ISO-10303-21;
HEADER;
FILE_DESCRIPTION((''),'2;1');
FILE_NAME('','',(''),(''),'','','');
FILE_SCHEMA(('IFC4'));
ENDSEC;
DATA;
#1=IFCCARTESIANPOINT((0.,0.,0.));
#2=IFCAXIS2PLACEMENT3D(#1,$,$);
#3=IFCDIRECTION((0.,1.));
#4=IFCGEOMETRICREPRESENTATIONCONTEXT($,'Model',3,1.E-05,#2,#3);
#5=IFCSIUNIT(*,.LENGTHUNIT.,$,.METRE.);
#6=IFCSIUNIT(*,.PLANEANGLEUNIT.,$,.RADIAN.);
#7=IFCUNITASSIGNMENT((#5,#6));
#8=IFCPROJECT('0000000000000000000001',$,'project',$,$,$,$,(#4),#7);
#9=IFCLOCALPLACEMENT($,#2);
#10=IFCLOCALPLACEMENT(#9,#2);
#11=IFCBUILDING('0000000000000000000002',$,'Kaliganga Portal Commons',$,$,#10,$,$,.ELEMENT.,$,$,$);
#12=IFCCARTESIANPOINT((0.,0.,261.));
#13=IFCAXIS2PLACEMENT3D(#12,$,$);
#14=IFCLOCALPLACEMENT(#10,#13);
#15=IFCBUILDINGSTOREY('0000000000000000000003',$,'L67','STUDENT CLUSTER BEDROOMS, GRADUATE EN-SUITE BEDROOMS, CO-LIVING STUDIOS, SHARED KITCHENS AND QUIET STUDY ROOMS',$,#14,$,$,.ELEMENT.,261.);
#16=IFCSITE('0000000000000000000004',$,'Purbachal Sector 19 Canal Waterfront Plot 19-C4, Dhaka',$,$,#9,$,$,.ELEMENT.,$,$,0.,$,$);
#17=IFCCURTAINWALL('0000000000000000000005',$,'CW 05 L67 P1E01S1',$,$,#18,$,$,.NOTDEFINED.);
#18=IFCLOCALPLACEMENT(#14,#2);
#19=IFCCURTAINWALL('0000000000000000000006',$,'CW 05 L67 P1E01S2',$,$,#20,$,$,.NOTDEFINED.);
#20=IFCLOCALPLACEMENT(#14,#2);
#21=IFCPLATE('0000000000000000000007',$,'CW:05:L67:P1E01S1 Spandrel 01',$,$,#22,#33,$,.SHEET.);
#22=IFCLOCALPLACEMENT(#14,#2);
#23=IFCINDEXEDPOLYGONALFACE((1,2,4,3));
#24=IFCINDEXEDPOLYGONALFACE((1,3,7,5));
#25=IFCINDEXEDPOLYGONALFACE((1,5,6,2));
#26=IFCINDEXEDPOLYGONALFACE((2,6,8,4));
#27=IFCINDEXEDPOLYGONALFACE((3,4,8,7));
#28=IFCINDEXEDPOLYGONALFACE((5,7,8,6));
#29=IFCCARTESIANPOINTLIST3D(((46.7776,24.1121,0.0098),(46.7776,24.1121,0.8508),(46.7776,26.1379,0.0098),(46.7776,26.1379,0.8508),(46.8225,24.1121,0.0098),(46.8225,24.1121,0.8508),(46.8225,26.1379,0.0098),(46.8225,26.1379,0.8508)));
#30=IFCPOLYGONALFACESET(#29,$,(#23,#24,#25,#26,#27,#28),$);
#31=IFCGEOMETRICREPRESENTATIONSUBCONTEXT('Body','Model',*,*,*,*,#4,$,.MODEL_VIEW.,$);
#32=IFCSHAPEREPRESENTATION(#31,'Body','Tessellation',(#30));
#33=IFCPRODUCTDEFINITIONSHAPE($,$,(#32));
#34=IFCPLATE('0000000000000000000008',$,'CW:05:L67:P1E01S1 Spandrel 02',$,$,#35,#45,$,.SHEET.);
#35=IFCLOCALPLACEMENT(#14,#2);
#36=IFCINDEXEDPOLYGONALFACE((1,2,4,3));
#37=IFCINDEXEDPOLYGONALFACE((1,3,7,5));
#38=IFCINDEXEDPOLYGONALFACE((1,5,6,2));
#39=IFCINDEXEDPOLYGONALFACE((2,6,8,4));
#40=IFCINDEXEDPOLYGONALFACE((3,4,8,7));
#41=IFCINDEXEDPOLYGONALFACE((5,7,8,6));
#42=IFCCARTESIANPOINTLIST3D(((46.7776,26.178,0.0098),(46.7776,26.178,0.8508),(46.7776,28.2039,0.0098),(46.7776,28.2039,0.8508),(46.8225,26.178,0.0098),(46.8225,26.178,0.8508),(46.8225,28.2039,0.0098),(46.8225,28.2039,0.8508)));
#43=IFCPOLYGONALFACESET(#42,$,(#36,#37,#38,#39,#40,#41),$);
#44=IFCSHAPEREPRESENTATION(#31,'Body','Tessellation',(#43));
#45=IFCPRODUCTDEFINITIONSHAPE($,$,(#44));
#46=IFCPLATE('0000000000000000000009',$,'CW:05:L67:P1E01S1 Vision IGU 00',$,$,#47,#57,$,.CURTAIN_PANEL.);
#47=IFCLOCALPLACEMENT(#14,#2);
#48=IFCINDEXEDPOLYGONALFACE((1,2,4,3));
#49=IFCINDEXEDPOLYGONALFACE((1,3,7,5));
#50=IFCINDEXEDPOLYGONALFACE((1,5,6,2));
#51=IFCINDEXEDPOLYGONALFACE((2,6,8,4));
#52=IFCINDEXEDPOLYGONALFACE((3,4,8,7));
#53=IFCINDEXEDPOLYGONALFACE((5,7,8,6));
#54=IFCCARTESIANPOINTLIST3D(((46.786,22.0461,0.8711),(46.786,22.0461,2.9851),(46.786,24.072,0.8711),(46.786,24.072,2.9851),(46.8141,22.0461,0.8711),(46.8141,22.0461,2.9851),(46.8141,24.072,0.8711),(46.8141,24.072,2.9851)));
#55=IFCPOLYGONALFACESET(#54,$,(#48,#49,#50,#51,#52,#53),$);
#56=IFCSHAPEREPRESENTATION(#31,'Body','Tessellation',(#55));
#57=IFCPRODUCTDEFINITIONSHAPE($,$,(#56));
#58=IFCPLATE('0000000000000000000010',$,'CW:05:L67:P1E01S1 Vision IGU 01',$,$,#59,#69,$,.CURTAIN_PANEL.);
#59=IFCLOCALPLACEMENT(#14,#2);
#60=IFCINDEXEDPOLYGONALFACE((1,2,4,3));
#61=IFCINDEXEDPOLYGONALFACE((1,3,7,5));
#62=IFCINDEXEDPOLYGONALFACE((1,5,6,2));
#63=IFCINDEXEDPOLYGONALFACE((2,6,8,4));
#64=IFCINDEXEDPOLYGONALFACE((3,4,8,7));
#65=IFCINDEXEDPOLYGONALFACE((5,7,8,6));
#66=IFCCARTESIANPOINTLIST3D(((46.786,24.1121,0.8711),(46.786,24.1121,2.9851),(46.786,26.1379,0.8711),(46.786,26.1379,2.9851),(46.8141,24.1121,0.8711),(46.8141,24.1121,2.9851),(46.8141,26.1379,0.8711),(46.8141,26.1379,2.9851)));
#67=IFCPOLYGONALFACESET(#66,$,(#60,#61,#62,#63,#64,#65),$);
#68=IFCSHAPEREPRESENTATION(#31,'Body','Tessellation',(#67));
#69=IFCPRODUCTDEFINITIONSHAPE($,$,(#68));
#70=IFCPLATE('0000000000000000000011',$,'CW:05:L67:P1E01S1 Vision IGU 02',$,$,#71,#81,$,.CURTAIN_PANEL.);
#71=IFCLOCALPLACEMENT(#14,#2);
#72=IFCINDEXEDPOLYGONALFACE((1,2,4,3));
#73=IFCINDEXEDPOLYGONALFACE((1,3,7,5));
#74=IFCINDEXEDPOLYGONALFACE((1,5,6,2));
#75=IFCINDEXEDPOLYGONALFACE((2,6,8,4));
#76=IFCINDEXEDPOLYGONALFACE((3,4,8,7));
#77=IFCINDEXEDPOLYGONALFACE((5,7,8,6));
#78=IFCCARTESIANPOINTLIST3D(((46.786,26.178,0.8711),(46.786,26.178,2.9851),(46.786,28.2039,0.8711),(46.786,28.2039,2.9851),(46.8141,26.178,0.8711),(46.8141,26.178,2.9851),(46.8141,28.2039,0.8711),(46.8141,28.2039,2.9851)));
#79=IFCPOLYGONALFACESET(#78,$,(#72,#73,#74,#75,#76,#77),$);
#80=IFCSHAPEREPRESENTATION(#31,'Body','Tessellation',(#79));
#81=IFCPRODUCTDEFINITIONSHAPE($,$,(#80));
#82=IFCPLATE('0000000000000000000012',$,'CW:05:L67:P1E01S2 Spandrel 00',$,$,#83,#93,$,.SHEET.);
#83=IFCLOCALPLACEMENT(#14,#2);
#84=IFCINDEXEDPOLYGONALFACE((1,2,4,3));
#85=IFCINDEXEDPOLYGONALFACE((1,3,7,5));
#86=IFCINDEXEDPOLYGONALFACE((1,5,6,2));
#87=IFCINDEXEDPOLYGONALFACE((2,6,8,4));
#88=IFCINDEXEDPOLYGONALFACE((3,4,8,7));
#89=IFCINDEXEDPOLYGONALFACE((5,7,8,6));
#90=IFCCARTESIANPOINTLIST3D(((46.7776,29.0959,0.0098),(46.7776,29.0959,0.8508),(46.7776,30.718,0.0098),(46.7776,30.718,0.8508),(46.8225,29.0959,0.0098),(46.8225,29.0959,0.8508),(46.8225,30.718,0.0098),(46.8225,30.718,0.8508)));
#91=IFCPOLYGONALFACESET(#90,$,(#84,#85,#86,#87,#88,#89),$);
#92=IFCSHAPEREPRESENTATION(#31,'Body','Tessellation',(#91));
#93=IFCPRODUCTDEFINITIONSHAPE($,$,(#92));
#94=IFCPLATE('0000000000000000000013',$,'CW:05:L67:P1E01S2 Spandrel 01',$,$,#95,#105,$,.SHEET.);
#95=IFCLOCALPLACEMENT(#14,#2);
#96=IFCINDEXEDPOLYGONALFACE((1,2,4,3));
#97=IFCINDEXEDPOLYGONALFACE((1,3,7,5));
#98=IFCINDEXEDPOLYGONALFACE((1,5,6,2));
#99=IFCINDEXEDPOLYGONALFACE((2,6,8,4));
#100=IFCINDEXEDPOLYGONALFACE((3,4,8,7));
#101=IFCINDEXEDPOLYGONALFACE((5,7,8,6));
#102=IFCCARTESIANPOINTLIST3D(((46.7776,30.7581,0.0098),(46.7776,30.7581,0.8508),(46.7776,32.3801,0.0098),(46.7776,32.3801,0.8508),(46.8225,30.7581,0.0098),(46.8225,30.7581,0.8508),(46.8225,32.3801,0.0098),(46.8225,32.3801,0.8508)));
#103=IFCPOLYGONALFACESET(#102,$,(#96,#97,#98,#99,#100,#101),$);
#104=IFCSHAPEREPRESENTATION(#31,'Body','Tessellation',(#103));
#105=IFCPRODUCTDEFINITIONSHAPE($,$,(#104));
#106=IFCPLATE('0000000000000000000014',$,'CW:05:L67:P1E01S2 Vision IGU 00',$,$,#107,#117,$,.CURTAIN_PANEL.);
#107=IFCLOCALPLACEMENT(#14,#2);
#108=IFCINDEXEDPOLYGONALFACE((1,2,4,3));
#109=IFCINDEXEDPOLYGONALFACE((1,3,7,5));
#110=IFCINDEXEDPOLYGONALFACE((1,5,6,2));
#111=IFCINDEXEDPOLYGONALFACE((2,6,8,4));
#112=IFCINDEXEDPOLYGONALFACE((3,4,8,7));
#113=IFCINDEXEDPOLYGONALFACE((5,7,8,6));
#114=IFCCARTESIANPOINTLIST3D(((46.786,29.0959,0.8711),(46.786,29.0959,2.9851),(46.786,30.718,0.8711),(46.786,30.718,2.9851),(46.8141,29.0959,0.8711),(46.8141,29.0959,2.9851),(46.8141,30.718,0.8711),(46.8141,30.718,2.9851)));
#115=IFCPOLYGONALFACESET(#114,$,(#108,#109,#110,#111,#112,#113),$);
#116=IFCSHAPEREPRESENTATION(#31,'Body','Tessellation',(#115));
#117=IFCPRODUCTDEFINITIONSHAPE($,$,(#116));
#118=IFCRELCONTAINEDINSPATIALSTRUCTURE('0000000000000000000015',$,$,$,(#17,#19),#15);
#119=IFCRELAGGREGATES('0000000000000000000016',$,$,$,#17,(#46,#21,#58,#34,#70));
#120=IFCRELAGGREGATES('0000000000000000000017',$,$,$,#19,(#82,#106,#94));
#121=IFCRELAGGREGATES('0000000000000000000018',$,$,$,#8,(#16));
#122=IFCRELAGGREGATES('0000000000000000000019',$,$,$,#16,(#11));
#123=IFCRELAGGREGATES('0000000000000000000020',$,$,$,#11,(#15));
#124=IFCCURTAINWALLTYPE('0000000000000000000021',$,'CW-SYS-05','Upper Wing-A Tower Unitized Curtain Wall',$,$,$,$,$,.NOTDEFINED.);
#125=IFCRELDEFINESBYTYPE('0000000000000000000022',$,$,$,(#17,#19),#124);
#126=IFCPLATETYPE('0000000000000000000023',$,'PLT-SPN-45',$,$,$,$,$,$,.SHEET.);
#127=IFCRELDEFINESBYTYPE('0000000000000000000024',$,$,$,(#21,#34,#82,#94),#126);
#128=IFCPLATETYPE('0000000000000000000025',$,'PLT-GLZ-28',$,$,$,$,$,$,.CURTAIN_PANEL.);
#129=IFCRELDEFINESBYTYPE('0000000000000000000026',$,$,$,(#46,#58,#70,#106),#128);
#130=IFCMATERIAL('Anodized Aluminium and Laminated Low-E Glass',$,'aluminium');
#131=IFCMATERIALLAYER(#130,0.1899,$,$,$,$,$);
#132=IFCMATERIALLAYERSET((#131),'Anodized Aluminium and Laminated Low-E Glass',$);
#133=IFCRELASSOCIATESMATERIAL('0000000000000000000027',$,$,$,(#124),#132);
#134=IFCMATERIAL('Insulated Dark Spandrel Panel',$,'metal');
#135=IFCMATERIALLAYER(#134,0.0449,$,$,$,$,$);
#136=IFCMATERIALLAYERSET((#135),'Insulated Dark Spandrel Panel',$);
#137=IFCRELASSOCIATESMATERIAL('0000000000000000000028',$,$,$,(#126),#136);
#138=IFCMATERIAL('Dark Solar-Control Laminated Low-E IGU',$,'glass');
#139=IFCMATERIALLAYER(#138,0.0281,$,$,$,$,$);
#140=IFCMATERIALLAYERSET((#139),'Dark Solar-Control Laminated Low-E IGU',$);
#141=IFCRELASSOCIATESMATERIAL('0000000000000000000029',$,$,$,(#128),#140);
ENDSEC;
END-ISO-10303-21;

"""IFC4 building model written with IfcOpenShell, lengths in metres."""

from ifc_helpers import new_model, si_unit, direction, frame, origin, origin_2d, place, context, subcontext, project, spatial, rectangle, extrude, source, transform, mapped, material, layer, layer_set, type_object, element, aggregate, save


model = new_model("IFC4")

# Units and contexts
model_context = context("Model", 3, precision=1e-05, world=origin(), true_north=direction((0.0, 1.0)))
body_context = subcontext(model_context, "Body", "Model", "MODEL_VIEW")
ifc_project = project(units=[si_unit("LENGTHUNIT", "METRE"), si_unit("PLANEANGLEUNIT", "RADIAN")], contexts=[model_context])

# Site, building, storey
site_placement = place(None, origin())
site = spatial("IfcSite", under=ifc_project, at=site_placement, Name="Purbachal Sector 19 Canal Waterfront Plot 19-C4, Dhaka", CompositionType="ELEMENT", RefElevation=0.0)
building_placement = place(site_placement, origin())
building = spatial("IfcBuilding", under=site, at=building_placement, Name="Kaliganga Portal Commons", CompositionType="ELEMENT")
storey_placement = place(building_placement, frame((0.0, 0.0, 261.0)))
storey = spatial("IfcBuildingStorey", under=building, at=storey_placement, Name="L67", Description="STUDENT CLUSTER BEDROOMS, GRADUATE EN-SUITE BEDROOMS, CO-LIVING STUDIOS, SHARED KITCHENS AND QUIET STUDY ROOMS", CompositionType="ELEMENT", Elevation=261.0)

# Curtain walls
ifc_material_1 = material(Name="Anodized Aluminium and Laminated Low-E Glass", Category="aluminium")
ifc_layer_1 = layer(ifc_material_1, 0.1899)
ifc_layer_set_1 = layer_set([ifc_layer_1], Name="Anodized Aluminium and Laminated Low-E Glass")
curtain_wall_type = type_object("IfcCurtainWallType", Name="CW-SYS-05", Description="Upper Wing-A Tower Unitized Curtain Wall", PredefinedType="NOTDEFINED", material=ifc_layer_set_1)
curtain_wall_1_placement = place(storey_placement, origin())
curtain_wall_1 = element("IfcCurtainWall", 1, at=curtain_wall_1_placement, inside=storey, type_object=curtain_wall_type, Name="CW 05 L67 P1E01S1", PredefinedType="NOTDEFINED")
curtain_wall_2_placement = place(storey_placement, origin())
curtain_wall_2 = element("IfcCurtainWall", 2, at=curtain_wall_2_placement, inside=storey, type_object=curtain_wall_type, Name="CW 05 L67 P1E01S2", PredefinedType="NOTDEFINED")

# Plates
ifc_material_2 = material(Name="Insulated Dark Spandrel Panel", Category="metal")
ifc_layer_2 = layer(ifc_material_2, 0.0449)
ifc_layer_set_2 = layer_set([ifc_layer_2], Name="Insulated Dark Spandrel Panel")
plate_type_1 = type_object("IfcPlateType", Name="PLT-SPN-45", PredefinedType="SHEET", material=ifc_layer_set_2)
shared_shape_1 = source(origin(), body_context, "Body", "SweptSolid", [
    extrude(rectangle(XDim=2.0259, YDim=0.0449, at=origin_2d()), origin(), (0.0, 0.0, 1.0), 0.8411),
])
plate_1_placement = place(storey_placement, frame((46.8, 25.125, 0.0098), z_axis=(0.0, 0.0, 1.0), x_axis=(0.0, 1.0, 0.0)))
plate_1 = element("IfcPlate", 3, at=plate_1_placement, type_object=plate_type_1, Name="CW:05:L67:P1E01S1 Spandrel 01", PredefinedType="SHEET", context=body_context, shape_type="MappedRepresentation", body=[
    mapped(shared_shape_1, transform((0.0, 0.0, 0.0), x_axis=(1.0, 0.0, 0.0), y_axis=(0.0, 1.0, 0.0), z_axis=(0.0, 0.0, 1.0), scale=1.0)),
])
plate_2_placement = place(storey_placement, frame((46.8, 27.1909, 0.0098), z_axis=(0.0, 0.0, 1.0), x_axis=(0.0, 1.0, 0.0)))
plate_2 = element("IfcPlate", 4, at=plate_2_placement, type_object=plate_type_1, Name="CW:05:L67:P1E01S1 Spandrel 02", PredefinedType="SHEET", context=body_context, shape_type="MappedRepresentation", body=[
    mapped(shared_shape_1, transform((0.0, 0.0, 0.0), x_axis=(1.0, 0.0, 0.0), y_axis=(0.0, 1.0, 0.0), z_axis=(0.0, 0.0, 1.0), scale=1.0)),
])
ifc_material_3 = material(Name="Dark Solar-Control Laminated Low-E IGU", Category="glass")
ifc_layer_3 = layer(ifc_material_3, 0.0281)
ifc_layer_set_3 = layer_set([ifc_layer_3], Name="Dark Solar-Control Laminated Low-E IGU")
plate_type_2 = type_object("IfcPlateType", Name="PLT-GLZ-28", PredefinedType="CURTAIN_PANEL", material=ifc_layer_set_3)
shared_shape_2 = source(origin(), body_context, "Body", "SweptSolid", [
    extrude(rectangle(XDim=2.0259, YDim=0.0281, at=origin_2d()), origin(), (0.0, 0.0, 1.0), 2.114),
])
plate_3_placement = place(storey_placement, frame((46.8, 23.0591, 0.8711), z_axis=(0.0, 0.0, 1.0), x_axis=(0.0, 1.0, 0.0)))
plate_3 = element("IfcPlate", 5, at=plate_3_placement, type_object=plate_type_2, Name="CW:05:L67:P1E01S1 Vision IGU 00", PredefinedType="CURTAIN_PANEL", context=body_context, shape_type="MappedRepresentation", body=[
    mapped(shared_shape_2, transform((0.0, 0.0, 0.0), x_axis=(1.0, 0.0, 0.0), y_axis=(0.0, 1.0, 0.0), z_axis=(0.0, 0.0, 1.0), scale=1.0)),
])
plate_4_placement = place(storey_placement, frame((46.8, 25.125, 0.8711), z_axis=(0.0, 0.0, 1.0), x_axis=(0.0, 1.0, 0.0)))
plate_4 = element("IfcPlate", 6, at=plate_4_placement, type_object=plate_type_2, Name="CW:05:L67:P1E01S1 Vision IGU 01", PredefinedType="CURTAIN_PANEL", context=body_context, shape_type="MappedRepresentation", body=[
    mapped(shared_shape_2, transform((0.0, 0.0, 0.0), x_axis=(1.0, 0.0, 0.0), y_axis=(0.0, 1.0, 0.0), z_axis=(0.0, 0.0, 1.0), scale=1.0)),
])
plate_5_placement = place(storey_placement, frame((46.8, 27.1909, 0.8711), z_axis=(0.0, 0.0, 1.0), x_axis=(0.0, 1.0, 0.0)))
plate_5 = element("IfcPlate", 7, at=plate_5_placement, type_object=plate_type_2, Name="CW:05:L67:P1E01S1 Vision IGU 02", PredefinedType="CURTAIN_PANEL", context=body_context, shape_type="MappedRepresentation", body=[
    mapped(shared_shape_2, transform((0.0, 0.0, 0.0), x_axis=(1.0, 0.0, 0.0), y_axis=(0.0, 1.0, 0.0), z_axis=(0.0, 0.0, 1.0), scale=1.0)),
])
aggregate(curtain_wall_1, [plate_3, plate_1, plate_4, plate_2, plate_5])
shared_shape_3 = source(origin(), body_context, "Body", "SweptSolid", [
    extrude(rectangle(XDim=1.6221, YDim=0.0449, at=origin_2d()), origin(), (0.0, 0.0, 1.0), 0.8411),
])
plate_6_placement = place(storey_placement, frame((46.8, 29.907, 0.0098), z_axis=(0.0, 0.0, 1.0), x_axis=(0.0, 1.0, 0.0)))
plate_6 = element("IfcPlate", 8, at=plate_6_placement, type_object=plate_type_1, Name="CW:05:L67:P1E01S2 Spandrel 00", PredefinedType="SHEET", context=body_context, shape_type="MappedRepresentation", body=[
    mapped(shared_shape_3, transform((0.0, 0.0, 0.0), x_axis=(1.0, 0.0, 0.0), y_axis=(0.0, 1.0, 0.0), z_axis=(0.0, 0.0, 1.0), scale=1.0)),
])
plate_7_placement = place(storey_placement, frame((46.8, 31.5691, 0.0098), z_axis=(0.0, 0.0, 1.0), x_axis=(0.0, 1.0, 0.0)))
plate_7 = element("IfcPlate", 9, at=plate_7_placement, type_object=plate_type_1, Name="CW:05:L67:P1E01S2 Spandrel 01", PredefinedType="SHEET", context=body_context, shape_type="MappedRepresentation", body=[
    mapped(shared_shape_3, transform((0.0, 0.0, 0.0), x_axis=(1.0, 0.0, 0.0), y_axis=(0.0, 1.0, 0.0), z_axis=(0.0, 0.0, 1.0), scale=1.0)),
])
shared_shape_4 = source(origin(), body_context, "Body", "SweptSolid", [
    extrude(rectangle(XDim=1.6221, YDim=0.0281, at=origin_2d()), origin(), (0.0, 0.0, 1.0), 2.114),
])
plate_8_placement = place(storey_placement, frame((46.8, 29.907, 0.8711), z_axis=(0.0, 0.0, 1.0), x_axis=(0.0, 1.0, 0.0)))
plate_8 = element("IfcPlate", 10, at=plate_8_placement, type_object=plate_type_2, Name="CW:05:L67:P1E01S2 Vision IGU 00", PredefinedType="CURTAIN_PANEL", context=body_context, shape_type="MappedRepresentation", body=[
    mapped(shared_shape_4, transform((0.0, 0.0, 0.0), x_axis=(1.0, 0.0, 0.0), y_axis=(0.0, 1.0, 0.0), z_axis=(0.0, 0.0, 1.0), scale=1.0)),
])
aggregate(curtain_wall_2, [plate_6, plate_8, plate_7])

save(model, "model.ifc")
